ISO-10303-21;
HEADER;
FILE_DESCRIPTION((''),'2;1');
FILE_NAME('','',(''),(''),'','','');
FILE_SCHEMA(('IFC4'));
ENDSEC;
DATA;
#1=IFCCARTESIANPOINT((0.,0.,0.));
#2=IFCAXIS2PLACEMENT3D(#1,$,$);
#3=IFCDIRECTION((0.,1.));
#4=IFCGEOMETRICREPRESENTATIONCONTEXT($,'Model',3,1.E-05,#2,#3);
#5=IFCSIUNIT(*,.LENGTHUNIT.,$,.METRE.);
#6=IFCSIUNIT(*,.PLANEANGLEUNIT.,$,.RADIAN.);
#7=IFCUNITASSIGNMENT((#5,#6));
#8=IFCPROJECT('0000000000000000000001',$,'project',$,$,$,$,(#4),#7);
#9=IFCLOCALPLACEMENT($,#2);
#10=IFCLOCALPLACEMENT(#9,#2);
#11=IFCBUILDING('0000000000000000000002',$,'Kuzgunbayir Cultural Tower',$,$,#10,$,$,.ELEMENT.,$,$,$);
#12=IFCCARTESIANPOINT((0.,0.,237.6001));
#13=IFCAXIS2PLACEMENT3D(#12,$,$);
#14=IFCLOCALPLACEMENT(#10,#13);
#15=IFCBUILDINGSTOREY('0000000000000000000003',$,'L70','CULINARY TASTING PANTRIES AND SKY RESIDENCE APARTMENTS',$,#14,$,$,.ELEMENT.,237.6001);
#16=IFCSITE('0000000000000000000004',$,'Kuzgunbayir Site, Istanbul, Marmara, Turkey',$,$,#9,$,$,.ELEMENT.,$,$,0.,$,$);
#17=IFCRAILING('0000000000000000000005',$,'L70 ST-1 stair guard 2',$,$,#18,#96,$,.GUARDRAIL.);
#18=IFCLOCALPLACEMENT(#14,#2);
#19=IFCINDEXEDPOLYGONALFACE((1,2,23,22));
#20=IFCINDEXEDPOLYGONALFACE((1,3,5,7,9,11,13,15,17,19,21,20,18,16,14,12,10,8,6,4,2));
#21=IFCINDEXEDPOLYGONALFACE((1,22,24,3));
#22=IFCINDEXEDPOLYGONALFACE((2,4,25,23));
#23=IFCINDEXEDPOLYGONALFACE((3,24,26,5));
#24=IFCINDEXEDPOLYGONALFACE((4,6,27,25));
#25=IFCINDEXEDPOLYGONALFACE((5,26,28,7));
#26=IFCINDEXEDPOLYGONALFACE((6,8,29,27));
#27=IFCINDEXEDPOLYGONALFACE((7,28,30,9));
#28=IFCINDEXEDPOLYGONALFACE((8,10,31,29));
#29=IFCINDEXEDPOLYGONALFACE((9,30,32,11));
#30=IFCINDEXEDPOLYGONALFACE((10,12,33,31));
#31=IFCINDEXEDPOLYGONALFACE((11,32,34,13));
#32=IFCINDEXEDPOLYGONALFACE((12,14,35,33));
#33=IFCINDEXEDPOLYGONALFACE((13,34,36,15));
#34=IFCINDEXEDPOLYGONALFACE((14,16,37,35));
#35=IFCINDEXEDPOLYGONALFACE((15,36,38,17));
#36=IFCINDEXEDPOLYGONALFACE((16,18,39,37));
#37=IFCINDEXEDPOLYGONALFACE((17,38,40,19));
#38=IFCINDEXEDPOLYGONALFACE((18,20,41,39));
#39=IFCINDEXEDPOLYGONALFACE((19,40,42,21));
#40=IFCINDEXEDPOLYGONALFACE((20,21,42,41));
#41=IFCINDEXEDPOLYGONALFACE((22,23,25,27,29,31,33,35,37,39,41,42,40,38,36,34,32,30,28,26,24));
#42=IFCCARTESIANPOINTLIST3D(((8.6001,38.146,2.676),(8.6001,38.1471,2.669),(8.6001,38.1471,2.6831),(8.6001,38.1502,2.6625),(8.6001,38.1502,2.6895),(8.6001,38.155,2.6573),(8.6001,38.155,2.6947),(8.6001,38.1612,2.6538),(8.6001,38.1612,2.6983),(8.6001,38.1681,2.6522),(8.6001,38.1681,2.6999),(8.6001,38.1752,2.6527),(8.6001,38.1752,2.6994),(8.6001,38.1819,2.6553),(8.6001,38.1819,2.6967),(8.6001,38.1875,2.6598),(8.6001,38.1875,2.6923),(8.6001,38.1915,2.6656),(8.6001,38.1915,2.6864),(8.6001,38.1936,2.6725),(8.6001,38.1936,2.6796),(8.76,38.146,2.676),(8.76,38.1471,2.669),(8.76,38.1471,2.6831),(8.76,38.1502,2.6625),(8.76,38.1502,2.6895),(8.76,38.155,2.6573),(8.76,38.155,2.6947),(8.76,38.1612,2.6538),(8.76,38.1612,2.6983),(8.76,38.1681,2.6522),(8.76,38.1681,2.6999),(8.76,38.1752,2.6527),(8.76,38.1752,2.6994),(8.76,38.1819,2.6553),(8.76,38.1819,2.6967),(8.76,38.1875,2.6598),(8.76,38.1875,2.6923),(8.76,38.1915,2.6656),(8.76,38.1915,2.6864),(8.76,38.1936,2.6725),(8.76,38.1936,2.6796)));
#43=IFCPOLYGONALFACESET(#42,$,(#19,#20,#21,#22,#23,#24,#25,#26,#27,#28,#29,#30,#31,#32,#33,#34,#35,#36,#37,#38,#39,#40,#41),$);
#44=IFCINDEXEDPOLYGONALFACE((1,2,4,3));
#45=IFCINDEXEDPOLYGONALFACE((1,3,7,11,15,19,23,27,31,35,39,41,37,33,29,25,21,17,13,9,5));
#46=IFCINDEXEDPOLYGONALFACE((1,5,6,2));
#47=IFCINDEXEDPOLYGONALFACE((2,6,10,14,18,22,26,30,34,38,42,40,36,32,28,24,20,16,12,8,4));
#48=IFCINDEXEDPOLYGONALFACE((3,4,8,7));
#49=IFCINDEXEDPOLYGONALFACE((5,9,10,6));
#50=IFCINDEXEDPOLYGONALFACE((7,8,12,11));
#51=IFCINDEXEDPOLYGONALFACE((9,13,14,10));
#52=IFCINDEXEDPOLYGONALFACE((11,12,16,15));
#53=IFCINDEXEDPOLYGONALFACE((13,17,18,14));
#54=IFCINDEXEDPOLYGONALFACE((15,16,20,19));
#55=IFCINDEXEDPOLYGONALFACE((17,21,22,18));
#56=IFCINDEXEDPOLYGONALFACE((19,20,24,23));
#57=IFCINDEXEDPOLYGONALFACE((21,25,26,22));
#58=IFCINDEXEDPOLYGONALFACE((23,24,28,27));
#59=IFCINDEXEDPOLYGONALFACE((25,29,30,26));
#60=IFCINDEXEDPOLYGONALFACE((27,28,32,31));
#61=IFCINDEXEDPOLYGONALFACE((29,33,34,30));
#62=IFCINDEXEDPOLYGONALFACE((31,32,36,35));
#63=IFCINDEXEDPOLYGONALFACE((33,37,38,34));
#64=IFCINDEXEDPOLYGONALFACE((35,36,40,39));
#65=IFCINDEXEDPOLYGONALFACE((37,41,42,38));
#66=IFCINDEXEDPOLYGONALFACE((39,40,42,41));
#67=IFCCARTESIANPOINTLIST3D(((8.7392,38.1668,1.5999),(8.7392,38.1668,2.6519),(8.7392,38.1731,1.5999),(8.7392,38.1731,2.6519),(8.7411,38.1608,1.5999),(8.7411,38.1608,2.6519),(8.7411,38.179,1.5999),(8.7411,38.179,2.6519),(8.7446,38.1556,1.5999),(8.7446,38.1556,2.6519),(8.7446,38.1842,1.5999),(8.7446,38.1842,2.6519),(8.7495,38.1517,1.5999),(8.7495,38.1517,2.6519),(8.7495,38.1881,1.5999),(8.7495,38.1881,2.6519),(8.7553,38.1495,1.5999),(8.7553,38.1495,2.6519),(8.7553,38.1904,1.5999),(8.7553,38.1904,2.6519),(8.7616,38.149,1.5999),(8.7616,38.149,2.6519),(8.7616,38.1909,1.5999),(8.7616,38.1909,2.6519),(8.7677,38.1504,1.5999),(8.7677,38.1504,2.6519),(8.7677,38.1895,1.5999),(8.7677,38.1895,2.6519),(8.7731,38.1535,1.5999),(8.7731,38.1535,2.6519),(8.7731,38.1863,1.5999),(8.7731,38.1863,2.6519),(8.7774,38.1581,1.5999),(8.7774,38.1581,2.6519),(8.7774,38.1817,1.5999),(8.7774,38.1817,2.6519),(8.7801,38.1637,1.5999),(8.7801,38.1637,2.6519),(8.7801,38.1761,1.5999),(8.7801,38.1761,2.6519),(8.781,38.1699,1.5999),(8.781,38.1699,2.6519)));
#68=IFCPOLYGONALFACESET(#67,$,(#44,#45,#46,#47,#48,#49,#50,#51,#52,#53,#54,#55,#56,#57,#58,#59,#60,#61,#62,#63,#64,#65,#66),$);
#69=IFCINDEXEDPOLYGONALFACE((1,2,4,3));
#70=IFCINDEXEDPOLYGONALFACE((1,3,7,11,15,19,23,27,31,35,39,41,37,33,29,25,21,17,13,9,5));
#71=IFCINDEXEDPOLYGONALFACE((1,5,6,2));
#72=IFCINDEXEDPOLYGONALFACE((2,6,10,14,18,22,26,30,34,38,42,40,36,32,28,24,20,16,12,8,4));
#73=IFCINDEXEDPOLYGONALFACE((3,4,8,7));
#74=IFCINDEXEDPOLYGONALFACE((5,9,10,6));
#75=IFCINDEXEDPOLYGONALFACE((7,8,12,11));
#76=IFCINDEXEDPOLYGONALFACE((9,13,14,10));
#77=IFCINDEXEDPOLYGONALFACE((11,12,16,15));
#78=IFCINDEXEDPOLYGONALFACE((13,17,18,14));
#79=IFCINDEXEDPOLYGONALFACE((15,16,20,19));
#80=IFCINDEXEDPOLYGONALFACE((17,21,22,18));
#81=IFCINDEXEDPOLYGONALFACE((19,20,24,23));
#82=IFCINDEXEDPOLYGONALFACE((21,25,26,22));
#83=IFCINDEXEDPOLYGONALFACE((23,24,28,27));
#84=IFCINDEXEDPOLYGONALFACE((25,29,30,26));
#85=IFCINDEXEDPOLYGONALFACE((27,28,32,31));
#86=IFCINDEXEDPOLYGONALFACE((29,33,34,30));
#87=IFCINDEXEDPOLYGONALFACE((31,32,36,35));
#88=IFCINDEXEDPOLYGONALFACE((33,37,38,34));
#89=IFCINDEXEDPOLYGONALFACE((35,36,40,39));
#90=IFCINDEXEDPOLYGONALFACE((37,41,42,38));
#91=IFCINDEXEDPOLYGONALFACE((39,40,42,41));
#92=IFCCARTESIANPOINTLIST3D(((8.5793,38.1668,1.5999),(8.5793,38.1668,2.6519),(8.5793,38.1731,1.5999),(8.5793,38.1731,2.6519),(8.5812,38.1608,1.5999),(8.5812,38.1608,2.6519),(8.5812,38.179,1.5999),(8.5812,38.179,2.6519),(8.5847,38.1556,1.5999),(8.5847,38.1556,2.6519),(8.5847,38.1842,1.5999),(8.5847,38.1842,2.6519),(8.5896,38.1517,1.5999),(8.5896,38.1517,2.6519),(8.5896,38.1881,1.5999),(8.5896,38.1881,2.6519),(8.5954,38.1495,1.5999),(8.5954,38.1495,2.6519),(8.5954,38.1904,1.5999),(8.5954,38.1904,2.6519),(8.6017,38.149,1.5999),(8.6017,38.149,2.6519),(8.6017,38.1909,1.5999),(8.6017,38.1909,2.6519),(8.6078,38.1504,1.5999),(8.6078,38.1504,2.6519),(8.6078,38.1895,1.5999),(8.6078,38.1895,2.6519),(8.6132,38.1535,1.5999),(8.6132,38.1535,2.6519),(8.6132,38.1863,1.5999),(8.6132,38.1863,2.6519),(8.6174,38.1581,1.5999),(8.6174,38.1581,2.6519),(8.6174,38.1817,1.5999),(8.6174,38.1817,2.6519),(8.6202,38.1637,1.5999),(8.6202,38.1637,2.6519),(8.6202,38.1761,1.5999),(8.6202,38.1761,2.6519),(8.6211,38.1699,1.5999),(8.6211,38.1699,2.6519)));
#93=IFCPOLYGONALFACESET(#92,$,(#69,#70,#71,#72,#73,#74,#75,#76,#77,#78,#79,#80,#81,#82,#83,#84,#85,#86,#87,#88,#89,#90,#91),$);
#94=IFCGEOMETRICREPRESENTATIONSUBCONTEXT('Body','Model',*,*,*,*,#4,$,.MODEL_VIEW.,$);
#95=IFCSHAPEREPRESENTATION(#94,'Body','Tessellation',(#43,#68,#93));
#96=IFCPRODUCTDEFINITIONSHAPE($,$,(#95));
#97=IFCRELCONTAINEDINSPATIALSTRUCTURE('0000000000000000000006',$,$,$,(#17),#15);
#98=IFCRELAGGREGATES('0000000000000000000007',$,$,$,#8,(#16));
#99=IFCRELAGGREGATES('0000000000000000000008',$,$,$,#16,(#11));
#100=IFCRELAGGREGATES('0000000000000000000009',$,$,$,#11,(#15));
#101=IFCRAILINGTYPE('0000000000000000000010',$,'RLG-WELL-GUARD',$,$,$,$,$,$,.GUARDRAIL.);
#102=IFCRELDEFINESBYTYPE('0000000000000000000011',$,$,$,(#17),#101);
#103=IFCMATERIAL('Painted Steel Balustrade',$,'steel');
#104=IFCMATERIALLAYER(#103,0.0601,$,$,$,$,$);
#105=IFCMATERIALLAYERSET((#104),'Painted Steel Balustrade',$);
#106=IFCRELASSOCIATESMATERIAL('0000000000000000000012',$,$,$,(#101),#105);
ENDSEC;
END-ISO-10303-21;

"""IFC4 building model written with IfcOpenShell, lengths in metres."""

from ifc_helpers import new_model, si_unit, direction, frame, origin, origin_2d, place, context, subcontext, project, spatial, circle, extrude, material, layer, layer_set, type_object, element, save


model = new_model("IFC4")

# Units and contexts
model_context = context("Model", 3, precision=1e-05, world=origin(), true_north=direction((0.0, 1.0)))
body_context = subcontext(model_context, "Body", "Model", "MODEL_VIEW")
ifc_project = project(units=[si_unit("LENGTHUNIT", "METRE"), si_unit("PLANEANGLEUNIT", "RADIAN")], contexts=[model_context])

# Site, building, storey
site_placement = place(None, origin())
site = spatial("IfcSite", under=ifc_project, at=site_placement, Name="Kuzgunbayir Site, Istanbul, Marmara, Turkey", CompositionType="ELEMENT", RefElevation=0.0)
building_placement = place(site_placement, origin())
building = spatial("IfcBuilding", under=site, at=building_placement, Name="Kuzgunbayir Cultural Tower", CompositionType="ELEMENT")
storey_placement = place(building_placement, frame((0.0, 0.0, 237.6001)))
storey = spatial("IfcBuildingStorey", under=building, at=storey_placement, Name="L70", Description="CULINARY TASTING PANTRIES AND SKY RESIDENCE APARTMENTS", CompositionType="ELEMENT", Elevation=237.6001)

# Railing
ifc_material_1 = material(Name="Painted Steel Balustrade", Category="steel")
ifc_layer_1 = layer(ifc_material_1, 0.0601)
ifc_layer_set_1 = layer_set([ifc_layer_1], Name="Painted Steel Balustrade")
railing_type_1 = type_object("IfcRailingType", Name="RLG-WELL-GUARD", PredefinedType="GUARDRAIL", material=ifc_layer_set_1)
railing_1_placement = place(storey_placement, frame((8.76, 38.1699, 1.5999)))
element("IfcRailing", 1, at=railing_1_placement, inside=storey, type_object=railing_type_1, Name="L70 ST-1 stair guard 2", PredefinedType="GUARDRAIL", context=body_context, shape_type="SweptSolid", body=[
    extrude(circle(Radius=0.0239, at=origin_2d()), frame((0.0, 0.0, 1.0762), z_axis=(-1.0, 0.0, 0.0), x_axis=(0.0, -1.0, 0.0)), (0.0, 0.0, 1.0), 0.1599),
    extrude(circle(Radius=0.021, at=origin_2d()), origin(), (0.0, 0.0, 1.0), 1.052),
    extrude(circle(Radius=0.021, at=origin_2d()), frame((-0.1599, 0.0, 0.0)), (0.0, 0.0, 1.0), 1.052),
])

save(model, "model.ifc")
